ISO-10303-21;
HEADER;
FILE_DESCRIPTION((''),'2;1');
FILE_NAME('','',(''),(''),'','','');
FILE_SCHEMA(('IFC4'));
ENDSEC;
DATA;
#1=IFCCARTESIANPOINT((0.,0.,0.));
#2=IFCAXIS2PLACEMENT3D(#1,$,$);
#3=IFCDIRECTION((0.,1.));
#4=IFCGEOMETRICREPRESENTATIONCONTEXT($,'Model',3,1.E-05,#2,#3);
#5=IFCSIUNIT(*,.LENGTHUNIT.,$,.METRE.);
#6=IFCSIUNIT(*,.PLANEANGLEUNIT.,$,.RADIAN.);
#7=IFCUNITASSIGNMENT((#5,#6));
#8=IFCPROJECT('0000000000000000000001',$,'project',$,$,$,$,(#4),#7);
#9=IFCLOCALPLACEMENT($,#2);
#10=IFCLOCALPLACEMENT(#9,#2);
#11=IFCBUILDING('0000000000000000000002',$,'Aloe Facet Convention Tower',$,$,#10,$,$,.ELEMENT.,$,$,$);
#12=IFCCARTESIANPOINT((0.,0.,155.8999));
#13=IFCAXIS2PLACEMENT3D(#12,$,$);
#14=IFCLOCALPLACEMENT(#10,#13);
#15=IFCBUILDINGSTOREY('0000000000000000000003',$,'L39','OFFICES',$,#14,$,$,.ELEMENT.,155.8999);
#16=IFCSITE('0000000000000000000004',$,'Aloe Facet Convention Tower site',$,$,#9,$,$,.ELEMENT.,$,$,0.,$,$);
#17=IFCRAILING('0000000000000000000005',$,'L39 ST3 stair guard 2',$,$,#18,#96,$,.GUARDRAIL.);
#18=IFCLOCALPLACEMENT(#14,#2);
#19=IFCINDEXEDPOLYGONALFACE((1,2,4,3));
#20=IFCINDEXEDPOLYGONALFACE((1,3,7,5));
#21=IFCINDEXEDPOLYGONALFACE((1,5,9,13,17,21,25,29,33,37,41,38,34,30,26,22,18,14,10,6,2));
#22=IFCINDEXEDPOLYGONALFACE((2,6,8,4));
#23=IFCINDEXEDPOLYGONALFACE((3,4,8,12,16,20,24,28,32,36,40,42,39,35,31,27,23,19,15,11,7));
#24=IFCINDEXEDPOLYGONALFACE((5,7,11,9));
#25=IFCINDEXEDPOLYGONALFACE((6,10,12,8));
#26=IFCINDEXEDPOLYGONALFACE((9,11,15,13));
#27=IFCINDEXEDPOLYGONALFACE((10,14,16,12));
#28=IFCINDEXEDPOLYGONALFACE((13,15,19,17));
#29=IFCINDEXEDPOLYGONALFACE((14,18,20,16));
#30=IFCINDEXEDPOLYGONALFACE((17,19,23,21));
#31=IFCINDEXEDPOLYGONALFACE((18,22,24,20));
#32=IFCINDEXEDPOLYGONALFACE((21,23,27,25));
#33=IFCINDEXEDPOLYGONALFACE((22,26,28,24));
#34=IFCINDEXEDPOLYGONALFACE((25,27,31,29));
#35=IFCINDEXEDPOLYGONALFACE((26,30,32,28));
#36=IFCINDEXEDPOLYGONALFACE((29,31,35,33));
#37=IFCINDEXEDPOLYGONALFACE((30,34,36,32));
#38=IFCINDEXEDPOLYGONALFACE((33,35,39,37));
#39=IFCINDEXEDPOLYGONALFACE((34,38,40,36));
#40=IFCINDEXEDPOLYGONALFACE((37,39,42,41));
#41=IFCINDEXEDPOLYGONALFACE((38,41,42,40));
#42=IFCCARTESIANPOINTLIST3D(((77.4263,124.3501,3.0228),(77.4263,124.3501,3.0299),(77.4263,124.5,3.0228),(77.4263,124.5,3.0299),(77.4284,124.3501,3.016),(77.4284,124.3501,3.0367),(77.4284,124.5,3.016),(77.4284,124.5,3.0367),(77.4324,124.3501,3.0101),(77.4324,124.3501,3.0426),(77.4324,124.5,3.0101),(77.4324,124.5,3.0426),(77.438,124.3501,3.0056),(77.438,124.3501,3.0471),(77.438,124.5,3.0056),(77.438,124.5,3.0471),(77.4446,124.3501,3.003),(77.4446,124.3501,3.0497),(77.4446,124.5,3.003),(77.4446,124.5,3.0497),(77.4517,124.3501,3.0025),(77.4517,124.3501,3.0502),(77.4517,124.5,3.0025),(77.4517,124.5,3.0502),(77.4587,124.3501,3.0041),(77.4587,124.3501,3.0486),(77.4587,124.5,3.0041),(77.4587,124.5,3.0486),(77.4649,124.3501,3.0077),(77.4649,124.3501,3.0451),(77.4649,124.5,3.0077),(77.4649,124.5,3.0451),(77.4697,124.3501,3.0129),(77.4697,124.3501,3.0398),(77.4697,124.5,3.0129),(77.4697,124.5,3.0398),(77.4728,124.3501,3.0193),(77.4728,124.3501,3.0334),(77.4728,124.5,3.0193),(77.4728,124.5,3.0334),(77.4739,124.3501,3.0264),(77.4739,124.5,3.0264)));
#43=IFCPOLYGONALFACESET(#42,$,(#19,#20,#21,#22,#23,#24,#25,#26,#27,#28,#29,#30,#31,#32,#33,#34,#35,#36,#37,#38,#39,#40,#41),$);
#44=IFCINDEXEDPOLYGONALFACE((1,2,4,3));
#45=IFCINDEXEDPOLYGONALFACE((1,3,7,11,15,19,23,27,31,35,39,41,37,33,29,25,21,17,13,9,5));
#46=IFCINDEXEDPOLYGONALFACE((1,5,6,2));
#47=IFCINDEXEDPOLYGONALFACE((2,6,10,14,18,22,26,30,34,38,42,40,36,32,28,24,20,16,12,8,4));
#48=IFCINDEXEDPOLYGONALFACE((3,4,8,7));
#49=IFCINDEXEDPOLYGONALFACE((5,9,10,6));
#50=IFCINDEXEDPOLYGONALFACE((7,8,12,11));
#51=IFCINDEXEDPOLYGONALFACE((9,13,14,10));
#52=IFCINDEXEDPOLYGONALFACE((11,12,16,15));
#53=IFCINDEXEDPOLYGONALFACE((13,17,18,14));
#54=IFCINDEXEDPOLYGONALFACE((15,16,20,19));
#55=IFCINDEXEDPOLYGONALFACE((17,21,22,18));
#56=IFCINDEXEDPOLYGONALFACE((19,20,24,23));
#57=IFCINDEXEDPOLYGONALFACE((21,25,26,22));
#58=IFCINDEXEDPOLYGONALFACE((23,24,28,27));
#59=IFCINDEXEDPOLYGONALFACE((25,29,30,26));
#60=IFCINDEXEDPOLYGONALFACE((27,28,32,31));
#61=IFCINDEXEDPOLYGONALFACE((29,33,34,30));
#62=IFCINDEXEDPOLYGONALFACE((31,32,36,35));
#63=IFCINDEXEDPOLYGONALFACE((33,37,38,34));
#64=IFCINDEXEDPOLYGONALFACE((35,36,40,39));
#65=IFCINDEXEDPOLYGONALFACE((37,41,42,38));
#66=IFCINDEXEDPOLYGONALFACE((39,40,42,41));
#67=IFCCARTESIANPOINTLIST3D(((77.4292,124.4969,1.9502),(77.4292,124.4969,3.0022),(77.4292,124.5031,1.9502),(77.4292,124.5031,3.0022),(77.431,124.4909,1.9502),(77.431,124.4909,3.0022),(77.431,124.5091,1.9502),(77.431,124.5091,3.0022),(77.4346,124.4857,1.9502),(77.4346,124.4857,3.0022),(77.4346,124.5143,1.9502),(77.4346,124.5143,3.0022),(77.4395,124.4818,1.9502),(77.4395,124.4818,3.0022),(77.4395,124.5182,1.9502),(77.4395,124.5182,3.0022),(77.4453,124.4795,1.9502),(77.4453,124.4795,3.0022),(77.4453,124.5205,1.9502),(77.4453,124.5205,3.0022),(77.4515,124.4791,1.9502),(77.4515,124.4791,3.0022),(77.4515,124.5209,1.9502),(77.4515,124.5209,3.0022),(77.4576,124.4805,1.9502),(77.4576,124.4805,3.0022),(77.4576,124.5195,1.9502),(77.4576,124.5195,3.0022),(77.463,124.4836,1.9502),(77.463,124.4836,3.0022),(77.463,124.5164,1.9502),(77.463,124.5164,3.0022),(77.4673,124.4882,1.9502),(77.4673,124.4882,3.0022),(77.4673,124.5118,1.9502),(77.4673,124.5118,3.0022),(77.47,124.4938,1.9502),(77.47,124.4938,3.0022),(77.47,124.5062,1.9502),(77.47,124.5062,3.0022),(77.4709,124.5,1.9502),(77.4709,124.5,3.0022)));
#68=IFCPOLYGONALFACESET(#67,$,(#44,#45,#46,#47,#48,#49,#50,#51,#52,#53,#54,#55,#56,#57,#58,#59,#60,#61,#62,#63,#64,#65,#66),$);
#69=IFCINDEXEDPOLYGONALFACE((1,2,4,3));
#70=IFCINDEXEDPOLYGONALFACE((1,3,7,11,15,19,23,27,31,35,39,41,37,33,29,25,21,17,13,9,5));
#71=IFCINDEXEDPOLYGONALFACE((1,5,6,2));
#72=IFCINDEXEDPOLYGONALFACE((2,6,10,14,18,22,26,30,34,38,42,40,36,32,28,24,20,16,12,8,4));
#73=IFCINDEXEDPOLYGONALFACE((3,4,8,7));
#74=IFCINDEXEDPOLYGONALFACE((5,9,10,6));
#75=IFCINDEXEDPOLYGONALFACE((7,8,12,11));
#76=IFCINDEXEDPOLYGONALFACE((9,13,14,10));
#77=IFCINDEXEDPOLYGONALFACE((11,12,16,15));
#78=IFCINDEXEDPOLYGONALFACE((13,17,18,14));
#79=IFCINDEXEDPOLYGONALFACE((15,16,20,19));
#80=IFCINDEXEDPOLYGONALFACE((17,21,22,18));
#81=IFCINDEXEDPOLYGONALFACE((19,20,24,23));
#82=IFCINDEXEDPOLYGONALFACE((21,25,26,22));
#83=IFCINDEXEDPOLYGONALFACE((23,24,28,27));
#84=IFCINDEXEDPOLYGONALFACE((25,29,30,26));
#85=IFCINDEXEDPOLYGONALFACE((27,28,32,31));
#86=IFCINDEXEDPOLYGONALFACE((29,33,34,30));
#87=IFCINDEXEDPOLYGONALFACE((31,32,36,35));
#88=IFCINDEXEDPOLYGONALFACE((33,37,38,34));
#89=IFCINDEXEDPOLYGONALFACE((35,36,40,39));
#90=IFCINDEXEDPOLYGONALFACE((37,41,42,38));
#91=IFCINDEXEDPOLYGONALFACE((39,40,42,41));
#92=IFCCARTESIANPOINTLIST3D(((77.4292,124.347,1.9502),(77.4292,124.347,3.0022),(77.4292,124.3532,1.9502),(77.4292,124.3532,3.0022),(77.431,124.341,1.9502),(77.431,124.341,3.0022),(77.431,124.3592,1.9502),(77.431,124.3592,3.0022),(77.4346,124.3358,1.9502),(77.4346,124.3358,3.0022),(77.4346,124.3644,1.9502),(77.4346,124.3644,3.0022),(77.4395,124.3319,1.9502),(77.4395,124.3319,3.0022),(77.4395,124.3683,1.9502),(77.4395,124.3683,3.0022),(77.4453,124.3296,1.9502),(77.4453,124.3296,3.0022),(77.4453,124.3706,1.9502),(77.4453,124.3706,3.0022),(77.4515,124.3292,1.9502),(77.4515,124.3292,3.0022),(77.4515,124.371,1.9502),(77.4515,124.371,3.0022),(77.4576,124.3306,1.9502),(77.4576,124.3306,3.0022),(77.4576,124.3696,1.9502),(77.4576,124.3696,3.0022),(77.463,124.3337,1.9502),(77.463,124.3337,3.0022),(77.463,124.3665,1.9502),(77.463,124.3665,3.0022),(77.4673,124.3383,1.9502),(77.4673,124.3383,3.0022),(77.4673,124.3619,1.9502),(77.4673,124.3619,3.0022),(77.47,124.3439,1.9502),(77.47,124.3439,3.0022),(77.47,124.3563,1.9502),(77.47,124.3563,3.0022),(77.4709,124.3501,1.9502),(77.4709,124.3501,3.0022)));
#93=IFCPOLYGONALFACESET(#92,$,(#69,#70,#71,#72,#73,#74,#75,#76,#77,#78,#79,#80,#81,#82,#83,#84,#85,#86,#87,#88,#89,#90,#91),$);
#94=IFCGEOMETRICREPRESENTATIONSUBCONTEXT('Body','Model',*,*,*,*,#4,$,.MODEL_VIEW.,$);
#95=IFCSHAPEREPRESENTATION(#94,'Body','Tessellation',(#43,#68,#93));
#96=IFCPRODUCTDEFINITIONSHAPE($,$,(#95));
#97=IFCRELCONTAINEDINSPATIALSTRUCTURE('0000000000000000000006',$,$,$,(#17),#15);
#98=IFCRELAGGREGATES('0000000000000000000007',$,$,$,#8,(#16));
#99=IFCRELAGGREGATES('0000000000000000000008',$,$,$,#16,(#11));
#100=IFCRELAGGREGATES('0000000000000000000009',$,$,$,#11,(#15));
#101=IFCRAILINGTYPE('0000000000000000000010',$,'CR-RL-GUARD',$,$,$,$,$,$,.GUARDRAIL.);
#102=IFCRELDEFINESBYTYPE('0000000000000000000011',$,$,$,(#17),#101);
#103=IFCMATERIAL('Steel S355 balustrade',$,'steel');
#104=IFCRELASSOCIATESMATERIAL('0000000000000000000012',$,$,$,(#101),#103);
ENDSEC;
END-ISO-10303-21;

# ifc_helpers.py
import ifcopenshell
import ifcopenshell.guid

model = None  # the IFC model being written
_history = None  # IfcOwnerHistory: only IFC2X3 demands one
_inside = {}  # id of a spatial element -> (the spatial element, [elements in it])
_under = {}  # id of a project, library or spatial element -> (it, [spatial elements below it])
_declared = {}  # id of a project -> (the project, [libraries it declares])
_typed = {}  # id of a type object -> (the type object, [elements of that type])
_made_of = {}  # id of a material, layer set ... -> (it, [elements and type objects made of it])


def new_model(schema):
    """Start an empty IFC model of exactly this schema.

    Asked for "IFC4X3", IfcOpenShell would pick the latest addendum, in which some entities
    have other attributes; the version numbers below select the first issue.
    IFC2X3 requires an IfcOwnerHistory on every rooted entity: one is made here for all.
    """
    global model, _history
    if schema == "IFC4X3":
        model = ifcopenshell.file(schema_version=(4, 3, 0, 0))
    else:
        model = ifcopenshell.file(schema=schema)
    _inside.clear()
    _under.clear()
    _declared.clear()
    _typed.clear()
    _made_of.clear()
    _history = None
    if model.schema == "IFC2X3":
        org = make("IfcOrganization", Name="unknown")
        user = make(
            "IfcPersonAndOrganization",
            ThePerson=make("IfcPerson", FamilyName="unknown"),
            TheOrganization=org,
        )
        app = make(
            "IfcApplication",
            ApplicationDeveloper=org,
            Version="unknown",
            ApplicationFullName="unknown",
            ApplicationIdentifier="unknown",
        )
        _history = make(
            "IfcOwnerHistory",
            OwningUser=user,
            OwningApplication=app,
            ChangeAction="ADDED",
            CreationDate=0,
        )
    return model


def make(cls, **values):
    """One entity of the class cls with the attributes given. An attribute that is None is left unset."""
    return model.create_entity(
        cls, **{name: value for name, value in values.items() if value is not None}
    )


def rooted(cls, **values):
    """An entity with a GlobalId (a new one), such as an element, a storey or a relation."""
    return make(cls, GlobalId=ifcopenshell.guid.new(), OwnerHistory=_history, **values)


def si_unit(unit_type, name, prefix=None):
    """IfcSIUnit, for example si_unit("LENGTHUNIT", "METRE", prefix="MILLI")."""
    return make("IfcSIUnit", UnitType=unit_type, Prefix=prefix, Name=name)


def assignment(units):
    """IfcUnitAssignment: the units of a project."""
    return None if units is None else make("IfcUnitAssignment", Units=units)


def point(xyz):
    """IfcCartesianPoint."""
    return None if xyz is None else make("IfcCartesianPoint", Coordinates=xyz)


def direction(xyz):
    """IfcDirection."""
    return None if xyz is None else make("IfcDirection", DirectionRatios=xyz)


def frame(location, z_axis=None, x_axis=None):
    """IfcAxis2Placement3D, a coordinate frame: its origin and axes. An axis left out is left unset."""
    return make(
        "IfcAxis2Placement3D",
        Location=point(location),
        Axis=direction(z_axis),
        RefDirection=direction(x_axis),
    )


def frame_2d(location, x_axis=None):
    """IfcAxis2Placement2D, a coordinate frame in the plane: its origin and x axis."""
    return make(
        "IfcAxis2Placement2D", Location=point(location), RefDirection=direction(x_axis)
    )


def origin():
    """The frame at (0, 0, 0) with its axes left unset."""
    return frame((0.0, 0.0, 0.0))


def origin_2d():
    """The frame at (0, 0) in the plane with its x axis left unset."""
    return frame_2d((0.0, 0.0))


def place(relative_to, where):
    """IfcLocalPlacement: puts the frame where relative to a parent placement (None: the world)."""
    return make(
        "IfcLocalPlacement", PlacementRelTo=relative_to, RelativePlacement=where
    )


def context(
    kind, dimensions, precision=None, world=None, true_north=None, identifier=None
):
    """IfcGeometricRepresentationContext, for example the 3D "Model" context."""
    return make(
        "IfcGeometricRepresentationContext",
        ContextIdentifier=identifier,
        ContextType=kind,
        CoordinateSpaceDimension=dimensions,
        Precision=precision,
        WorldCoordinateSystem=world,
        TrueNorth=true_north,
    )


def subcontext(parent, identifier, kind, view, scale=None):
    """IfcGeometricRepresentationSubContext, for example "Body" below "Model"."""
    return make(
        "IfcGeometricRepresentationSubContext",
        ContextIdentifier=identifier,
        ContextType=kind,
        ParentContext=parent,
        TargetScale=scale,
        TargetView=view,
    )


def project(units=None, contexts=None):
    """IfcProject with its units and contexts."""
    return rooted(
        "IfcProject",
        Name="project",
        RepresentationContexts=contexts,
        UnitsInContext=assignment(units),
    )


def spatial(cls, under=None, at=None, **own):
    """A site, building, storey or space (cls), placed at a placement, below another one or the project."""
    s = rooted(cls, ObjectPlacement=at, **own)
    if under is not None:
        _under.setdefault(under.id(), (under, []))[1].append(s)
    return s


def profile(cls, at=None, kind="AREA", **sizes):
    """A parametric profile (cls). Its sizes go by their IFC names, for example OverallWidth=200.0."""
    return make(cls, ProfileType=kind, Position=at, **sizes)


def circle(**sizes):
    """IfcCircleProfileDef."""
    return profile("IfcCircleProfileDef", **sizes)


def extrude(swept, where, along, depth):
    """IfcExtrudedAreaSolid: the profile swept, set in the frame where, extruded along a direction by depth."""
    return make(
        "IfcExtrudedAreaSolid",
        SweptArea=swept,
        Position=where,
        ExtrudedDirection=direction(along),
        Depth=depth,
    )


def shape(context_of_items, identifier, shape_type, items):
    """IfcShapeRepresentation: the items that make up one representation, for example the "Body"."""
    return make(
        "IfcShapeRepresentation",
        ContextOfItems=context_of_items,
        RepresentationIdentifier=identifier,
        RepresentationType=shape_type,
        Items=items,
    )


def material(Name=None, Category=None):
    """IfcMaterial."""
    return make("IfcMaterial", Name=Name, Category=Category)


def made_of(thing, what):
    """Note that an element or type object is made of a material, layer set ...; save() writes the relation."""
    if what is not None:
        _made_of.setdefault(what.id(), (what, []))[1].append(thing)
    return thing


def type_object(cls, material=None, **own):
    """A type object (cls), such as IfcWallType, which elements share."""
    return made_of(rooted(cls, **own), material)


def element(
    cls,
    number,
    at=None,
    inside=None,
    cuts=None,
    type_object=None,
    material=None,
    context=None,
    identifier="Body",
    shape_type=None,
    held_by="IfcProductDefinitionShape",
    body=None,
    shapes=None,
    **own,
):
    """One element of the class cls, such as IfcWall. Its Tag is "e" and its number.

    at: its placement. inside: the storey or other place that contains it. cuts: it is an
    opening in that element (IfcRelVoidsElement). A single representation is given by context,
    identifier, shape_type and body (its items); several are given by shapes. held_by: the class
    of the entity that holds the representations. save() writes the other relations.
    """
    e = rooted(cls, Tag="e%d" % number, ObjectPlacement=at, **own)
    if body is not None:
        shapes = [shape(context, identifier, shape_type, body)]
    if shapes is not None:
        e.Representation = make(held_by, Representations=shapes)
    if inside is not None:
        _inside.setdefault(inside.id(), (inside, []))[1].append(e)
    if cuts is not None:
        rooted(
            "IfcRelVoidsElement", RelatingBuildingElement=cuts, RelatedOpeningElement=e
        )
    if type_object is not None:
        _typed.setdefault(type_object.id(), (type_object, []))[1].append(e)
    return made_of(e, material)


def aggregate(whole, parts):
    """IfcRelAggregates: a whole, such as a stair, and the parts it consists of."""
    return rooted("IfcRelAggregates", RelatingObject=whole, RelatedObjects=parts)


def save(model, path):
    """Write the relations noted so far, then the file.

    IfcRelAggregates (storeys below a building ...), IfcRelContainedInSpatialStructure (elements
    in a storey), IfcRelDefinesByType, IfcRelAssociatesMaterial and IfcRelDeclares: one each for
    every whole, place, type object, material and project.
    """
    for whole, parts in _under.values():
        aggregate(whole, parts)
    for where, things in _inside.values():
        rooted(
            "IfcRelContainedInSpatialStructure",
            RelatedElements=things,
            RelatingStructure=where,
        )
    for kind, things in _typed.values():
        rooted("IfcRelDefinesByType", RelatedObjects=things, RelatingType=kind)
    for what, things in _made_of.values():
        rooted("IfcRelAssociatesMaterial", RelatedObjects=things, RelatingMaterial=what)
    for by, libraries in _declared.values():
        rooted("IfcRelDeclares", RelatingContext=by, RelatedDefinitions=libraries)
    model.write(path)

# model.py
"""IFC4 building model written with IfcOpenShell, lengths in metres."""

from ifc_helpers import new_model, si_unit, direction, frame, origin, origin_2d, place, context, subcontext, project, spatial, circle, extrude, material, type_object, element, save


model = new_model("IFC4")

# Units and contexts
model_context = context("Model", 3, precision=1e-05, world=origin(), true_north=direction((0.0, 1.0)))
body_context = subcontext(model_context, "Body", "Model", "MODEL_VIEW")
ifc_project = project(units=[si_unit("LENGTHUNIT", "METRE"), si_unit("PLANEANGLEUNIT", "RADIAN")], contexts=[model_context])

# Site, building, storey
site_placement = place(None, origin())
site = spatial("IfcSite", under=ifc_project, at=site_placement, Name="Aloe Facet Convention Tower site", CompositionType="ELEMENT", RefElevation=0.0)
building_placement = place(site_placement, origin())
building = spatial("IfcBuilding", under=site, at=building_placement, Name="Aloe Facet Convention Tower", CompositionType="ELEMENT")
storey_placement = place(building_placement, frame((0.0, 0.0, 155.8999)))
storey = spatial("IfcBuildingStorey", under=building, at=storey_placement, Name="L39", Description="OFFICES", CompositionType="ELEMENT", Elevation=155.8999)

# Railing
ifc_material_1 = material(Name="Steel S355 balustrade", Category="steel")
railing_type_1 = type_object("IfcRailingType", Name="CR-RL-GUARD", PredefinedType="GUARDRAIL", material=ifc_material_1)
railing_1_placement = place(storey_placement, frame((77.45, 124.5, 1.9502)))
element("IfcRailing", 1, at=railing_1_placement, inside=storey, type_object=railing_type_1, Name="L39 ST3 stair guard 2", PredefinedType="GUARDRAIL", context=body_context, shape_type="SweptSolid", body=[
    extrude(circle(Radius=0.0239, at=origin_2d()), frame((0.0, 0.0, 1.0762), z_axis=(0.0, -1.0, 0.0), x_axis=(1.0, 0.0, 0.0)), (0.0, 0.0, 1.0), 0.1499),
    extrude(circle(Radius=0.021, at=origin_2d()), origin(), (0.0, 0.0, 1.0), 1.052),
    extrude(circle(Radius=0.021, at=origin_2d()), frame((0.0, -0.1499, 0.0)), (0.0, 0.0, 1.0), 1.052),
])

save(model, "model.ifc")
